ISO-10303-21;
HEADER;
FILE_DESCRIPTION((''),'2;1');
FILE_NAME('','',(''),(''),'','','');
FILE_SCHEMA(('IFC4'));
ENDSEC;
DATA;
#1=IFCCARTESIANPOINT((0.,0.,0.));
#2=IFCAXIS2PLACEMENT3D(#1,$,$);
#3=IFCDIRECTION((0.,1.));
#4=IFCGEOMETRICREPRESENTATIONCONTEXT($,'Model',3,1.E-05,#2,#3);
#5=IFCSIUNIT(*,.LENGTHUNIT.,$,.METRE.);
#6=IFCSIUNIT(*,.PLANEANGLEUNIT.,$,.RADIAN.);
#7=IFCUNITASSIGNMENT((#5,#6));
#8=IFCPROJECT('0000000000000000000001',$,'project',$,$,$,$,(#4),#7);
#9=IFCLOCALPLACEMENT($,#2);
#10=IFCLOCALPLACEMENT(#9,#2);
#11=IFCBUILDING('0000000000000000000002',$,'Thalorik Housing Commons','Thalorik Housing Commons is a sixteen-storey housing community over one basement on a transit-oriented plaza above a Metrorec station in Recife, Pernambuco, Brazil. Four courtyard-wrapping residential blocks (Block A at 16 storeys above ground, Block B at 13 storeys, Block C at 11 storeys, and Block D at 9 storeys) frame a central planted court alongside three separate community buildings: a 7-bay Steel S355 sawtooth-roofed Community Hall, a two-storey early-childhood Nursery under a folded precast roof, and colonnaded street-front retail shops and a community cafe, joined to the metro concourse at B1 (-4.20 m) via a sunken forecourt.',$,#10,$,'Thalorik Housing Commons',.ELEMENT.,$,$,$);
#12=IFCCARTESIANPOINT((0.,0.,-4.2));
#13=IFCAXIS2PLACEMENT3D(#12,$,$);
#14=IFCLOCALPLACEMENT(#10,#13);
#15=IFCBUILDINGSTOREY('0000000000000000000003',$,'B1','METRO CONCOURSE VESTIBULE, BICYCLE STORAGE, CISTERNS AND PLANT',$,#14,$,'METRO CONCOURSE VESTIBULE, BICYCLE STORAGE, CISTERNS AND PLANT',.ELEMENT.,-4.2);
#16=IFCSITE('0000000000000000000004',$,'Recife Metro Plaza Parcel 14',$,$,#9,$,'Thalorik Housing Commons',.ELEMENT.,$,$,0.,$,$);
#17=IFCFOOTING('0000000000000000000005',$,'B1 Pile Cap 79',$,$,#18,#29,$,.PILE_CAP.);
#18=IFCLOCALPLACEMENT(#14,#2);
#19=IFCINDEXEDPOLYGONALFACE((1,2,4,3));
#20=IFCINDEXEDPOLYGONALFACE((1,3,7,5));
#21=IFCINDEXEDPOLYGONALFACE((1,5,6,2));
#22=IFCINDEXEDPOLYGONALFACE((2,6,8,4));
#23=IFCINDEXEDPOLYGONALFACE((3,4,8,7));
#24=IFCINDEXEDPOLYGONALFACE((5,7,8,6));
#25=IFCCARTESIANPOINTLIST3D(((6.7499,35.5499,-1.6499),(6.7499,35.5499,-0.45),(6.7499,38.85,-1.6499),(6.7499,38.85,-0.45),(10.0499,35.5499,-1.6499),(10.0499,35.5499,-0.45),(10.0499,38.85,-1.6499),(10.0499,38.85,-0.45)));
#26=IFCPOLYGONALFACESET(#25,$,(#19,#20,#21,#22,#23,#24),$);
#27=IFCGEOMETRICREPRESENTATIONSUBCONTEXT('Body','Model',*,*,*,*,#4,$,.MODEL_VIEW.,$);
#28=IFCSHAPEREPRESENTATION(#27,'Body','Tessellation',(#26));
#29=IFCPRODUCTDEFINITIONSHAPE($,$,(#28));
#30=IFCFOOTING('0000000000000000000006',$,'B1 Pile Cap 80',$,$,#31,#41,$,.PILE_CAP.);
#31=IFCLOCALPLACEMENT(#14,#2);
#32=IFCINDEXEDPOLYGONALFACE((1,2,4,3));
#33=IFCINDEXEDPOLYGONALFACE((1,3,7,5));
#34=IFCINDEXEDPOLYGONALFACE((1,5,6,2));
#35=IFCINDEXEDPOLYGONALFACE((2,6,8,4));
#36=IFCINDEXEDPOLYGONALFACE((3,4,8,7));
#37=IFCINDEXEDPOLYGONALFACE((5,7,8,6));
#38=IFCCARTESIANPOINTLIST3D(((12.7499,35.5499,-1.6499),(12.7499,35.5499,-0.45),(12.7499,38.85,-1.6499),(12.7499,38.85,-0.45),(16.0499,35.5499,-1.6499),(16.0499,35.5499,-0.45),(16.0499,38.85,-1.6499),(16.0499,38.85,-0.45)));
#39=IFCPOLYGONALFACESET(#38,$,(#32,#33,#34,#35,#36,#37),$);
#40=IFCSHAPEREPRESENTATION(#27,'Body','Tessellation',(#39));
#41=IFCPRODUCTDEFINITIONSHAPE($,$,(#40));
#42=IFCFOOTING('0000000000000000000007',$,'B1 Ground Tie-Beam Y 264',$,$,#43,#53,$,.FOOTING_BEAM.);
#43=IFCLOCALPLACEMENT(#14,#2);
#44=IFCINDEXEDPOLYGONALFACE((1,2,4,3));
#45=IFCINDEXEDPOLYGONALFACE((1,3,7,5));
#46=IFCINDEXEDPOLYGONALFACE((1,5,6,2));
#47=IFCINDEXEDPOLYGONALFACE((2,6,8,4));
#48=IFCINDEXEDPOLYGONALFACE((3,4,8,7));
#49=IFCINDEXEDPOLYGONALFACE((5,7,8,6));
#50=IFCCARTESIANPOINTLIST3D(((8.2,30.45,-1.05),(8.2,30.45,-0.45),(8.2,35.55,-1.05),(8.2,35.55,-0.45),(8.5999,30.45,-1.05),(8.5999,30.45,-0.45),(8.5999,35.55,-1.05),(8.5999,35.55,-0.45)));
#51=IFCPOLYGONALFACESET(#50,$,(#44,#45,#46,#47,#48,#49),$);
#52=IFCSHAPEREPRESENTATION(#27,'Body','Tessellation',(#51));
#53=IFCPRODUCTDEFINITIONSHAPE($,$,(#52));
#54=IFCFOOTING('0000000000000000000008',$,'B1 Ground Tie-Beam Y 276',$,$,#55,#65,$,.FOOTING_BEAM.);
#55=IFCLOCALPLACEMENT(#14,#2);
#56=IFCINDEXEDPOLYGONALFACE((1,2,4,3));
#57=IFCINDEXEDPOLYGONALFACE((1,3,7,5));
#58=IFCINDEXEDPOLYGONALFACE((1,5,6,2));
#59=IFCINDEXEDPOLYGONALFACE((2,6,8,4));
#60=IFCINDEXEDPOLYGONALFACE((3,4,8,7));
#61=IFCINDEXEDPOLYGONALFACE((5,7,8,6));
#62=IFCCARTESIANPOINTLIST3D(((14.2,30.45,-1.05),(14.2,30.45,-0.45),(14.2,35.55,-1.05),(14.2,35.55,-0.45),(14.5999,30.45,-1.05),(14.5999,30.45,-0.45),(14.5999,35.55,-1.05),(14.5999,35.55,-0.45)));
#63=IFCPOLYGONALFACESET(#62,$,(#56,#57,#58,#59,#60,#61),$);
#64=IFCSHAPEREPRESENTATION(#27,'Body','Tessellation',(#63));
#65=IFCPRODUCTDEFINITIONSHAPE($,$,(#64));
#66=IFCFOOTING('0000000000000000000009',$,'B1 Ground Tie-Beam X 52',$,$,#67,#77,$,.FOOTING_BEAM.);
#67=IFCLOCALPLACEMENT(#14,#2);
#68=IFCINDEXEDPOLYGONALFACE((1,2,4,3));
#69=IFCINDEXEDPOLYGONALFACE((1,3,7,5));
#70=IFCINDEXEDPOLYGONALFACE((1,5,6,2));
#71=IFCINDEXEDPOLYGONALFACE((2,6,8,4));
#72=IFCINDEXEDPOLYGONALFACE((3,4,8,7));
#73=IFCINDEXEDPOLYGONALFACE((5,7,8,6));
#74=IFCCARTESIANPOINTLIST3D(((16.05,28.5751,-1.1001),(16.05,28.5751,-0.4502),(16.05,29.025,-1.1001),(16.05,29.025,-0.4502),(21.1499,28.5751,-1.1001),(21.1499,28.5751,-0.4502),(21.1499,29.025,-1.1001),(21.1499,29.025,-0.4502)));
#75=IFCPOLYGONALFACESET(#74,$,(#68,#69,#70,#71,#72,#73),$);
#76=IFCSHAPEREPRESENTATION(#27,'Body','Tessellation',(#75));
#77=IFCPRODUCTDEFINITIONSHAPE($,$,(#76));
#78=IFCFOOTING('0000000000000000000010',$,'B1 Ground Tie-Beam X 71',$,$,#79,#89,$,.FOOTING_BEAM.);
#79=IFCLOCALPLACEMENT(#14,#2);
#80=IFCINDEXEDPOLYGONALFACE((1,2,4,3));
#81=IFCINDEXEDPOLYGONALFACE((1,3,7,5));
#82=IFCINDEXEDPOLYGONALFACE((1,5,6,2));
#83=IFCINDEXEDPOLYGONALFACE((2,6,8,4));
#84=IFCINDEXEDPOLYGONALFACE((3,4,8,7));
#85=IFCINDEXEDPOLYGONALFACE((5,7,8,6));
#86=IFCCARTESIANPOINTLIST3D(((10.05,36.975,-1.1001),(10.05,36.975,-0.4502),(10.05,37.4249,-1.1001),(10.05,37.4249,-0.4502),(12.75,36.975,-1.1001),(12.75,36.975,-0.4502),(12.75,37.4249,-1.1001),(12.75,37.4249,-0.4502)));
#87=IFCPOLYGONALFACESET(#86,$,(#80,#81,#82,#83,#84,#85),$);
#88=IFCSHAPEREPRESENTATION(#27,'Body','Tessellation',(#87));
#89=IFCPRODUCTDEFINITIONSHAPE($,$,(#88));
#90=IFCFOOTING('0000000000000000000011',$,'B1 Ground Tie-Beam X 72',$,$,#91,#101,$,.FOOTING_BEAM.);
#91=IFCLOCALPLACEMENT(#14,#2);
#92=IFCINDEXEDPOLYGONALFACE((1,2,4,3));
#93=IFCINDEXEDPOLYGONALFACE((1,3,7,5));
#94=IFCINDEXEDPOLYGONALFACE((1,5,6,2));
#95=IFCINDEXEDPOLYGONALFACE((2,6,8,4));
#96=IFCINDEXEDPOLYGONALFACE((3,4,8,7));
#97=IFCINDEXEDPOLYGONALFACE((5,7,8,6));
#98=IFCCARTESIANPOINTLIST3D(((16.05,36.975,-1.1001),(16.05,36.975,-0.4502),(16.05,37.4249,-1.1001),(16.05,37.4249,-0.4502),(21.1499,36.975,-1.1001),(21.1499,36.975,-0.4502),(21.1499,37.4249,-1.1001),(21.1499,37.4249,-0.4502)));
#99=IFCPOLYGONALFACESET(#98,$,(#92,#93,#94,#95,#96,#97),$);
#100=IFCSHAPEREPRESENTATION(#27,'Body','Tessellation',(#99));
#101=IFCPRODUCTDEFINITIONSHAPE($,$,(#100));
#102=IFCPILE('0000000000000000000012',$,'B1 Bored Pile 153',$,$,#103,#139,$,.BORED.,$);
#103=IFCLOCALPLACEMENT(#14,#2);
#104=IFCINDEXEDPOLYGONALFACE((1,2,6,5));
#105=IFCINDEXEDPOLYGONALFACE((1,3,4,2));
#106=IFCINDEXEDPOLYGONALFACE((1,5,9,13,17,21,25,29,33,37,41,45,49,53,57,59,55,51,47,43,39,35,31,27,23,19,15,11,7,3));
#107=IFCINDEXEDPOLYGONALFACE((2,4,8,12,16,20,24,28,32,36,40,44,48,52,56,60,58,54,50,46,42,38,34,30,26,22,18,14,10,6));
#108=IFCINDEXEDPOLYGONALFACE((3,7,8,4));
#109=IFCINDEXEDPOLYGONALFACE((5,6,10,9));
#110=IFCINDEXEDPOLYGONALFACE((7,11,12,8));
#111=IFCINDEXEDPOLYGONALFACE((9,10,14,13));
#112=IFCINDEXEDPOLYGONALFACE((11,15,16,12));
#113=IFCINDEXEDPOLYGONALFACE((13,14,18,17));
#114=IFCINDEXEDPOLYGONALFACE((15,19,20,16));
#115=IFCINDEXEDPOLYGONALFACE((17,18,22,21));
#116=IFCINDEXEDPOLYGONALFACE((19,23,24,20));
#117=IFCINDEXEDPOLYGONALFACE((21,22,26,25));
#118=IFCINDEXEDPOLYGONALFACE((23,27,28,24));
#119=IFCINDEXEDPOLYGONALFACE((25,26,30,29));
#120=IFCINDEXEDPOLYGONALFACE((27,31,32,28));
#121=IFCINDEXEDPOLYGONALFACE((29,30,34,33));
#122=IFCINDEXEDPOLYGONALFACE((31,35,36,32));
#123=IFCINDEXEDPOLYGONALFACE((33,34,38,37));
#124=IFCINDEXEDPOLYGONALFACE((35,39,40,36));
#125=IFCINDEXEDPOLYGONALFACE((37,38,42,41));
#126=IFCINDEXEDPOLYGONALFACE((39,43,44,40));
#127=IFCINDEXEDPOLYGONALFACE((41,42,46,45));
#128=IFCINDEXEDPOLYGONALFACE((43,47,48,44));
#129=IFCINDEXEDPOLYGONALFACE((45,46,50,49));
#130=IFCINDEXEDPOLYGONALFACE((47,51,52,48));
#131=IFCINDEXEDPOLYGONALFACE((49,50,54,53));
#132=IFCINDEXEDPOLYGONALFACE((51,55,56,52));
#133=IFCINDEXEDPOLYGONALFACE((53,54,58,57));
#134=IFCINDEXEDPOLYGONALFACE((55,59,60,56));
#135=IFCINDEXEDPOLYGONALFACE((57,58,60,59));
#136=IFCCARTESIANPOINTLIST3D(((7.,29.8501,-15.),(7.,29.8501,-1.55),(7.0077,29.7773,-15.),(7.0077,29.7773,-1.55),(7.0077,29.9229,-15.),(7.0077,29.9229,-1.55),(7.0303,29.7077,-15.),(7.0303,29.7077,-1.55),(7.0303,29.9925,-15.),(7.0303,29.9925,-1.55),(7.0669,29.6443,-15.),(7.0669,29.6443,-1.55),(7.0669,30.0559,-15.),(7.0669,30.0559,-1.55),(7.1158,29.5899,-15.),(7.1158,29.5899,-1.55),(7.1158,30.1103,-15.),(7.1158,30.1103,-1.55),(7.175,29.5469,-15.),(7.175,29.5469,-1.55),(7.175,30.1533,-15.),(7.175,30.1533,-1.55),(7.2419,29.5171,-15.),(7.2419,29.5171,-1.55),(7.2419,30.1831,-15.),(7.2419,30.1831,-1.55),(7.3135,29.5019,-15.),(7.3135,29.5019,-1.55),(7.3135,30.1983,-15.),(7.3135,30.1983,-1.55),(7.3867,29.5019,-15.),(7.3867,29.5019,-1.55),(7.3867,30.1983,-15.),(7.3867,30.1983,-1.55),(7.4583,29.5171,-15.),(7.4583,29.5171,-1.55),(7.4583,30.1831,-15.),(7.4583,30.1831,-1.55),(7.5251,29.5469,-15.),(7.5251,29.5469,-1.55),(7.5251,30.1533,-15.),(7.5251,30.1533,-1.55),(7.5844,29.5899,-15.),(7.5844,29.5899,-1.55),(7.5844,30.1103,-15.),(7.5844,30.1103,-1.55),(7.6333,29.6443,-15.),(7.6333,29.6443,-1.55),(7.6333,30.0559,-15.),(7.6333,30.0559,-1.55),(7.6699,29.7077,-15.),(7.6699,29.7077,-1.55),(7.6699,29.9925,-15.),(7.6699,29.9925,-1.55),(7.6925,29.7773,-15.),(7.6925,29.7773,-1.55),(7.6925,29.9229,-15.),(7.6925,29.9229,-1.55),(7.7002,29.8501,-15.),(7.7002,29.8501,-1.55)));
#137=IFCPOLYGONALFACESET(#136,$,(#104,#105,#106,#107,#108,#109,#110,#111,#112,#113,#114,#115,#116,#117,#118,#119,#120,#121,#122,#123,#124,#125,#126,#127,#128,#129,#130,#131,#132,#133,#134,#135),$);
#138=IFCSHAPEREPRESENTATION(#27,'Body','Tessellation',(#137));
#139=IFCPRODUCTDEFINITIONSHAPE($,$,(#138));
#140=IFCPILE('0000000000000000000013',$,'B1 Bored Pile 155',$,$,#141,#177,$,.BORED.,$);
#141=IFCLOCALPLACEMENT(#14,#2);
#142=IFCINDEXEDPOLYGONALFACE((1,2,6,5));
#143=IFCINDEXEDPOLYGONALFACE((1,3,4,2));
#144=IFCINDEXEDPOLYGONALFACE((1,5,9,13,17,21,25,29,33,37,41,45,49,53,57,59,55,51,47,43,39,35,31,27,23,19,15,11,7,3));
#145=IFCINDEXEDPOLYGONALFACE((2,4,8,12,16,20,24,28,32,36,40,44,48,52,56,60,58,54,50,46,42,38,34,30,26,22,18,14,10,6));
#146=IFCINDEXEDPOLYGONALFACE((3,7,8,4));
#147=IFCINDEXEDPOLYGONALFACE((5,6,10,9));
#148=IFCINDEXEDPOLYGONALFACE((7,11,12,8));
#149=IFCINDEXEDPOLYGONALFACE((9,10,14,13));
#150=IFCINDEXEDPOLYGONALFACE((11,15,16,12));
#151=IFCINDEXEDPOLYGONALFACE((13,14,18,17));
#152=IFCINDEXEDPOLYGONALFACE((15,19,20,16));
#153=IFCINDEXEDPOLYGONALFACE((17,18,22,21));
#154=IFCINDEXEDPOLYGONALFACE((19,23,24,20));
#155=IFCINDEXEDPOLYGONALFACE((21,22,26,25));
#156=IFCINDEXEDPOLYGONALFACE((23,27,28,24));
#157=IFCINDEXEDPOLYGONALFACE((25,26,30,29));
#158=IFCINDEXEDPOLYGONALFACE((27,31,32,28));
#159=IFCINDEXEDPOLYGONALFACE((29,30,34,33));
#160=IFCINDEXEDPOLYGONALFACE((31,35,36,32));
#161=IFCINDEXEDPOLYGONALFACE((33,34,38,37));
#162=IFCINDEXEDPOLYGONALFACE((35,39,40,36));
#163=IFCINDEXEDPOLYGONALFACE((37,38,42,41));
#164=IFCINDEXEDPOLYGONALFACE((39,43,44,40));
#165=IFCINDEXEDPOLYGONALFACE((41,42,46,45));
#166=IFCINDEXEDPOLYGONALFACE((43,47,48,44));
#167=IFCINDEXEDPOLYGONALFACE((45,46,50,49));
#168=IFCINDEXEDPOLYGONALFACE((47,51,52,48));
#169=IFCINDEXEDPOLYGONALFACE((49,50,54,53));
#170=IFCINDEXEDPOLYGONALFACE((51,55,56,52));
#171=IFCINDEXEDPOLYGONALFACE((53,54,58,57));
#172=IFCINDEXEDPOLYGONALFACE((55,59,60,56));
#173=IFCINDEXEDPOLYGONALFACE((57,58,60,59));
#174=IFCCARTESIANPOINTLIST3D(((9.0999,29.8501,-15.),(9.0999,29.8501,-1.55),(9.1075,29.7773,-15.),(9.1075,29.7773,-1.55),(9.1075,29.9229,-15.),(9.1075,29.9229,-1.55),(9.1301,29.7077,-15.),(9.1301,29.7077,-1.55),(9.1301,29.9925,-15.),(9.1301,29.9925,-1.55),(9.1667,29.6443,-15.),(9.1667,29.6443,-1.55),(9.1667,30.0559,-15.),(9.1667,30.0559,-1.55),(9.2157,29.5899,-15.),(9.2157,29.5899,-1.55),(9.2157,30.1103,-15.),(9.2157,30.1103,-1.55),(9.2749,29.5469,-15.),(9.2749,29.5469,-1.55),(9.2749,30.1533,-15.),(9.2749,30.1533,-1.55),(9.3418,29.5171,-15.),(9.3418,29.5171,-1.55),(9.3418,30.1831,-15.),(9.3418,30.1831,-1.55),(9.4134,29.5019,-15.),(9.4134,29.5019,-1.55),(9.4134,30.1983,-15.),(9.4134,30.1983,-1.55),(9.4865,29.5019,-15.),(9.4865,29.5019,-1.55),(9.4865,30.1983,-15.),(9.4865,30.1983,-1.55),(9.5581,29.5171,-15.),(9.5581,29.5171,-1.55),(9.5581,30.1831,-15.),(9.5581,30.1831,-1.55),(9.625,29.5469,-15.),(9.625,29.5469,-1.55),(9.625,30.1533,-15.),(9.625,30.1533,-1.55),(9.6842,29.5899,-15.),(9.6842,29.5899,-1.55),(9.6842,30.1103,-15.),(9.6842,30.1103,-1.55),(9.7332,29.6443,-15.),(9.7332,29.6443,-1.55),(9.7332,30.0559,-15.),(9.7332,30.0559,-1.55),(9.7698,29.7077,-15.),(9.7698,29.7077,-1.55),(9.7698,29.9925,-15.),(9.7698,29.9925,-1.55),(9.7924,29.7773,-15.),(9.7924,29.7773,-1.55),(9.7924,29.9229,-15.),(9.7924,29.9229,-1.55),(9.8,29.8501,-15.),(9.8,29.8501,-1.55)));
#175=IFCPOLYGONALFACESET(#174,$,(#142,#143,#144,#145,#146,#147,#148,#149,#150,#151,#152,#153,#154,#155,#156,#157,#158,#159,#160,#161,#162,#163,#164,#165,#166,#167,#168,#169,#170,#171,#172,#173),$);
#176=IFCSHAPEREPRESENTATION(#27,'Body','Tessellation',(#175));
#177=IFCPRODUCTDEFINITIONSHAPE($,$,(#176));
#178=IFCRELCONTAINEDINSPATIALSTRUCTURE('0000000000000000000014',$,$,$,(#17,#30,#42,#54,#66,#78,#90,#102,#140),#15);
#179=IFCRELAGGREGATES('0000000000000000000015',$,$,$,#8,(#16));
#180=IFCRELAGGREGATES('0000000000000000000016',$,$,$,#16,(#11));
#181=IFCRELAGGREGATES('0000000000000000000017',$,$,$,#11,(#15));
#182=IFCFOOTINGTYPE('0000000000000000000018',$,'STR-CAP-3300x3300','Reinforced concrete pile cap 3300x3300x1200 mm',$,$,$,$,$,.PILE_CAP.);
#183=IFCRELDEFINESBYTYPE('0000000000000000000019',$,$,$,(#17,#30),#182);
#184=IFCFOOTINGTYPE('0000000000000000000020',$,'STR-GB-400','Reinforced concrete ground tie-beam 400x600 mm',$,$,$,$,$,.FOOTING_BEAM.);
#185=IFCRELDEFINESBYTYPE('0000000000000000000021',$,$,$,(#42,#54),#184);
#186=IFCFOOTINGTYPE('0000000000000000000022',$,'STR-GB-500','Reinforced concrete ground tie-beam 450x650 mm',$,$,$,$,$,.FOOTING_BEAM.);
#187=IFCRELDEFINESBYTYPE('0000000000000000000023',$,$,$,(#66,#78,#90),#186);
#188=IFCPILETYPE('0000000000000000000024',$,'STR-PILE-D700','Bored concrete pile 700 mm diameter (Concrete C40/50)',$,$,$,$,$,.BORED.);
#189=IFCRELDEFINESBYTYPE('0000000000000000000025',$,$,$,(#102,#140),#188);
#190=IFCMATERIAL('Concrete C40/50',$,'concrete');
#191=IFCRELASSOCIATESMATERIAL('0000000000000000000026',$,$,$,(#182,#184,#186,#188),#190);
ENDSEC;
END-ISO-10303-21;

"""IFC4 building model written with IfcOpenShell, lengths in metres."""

from ifc_helpers import new_model, si_unit, direction, frame, origin, origin_2d, place, context, subcontext, project, spatial, rectangle, circle, extrude, material, material_profile, profile_set, type_object, element, save


model = new_model("IFC4")

# Units and contexts
model_context = context("Model", 3, precision=1e-05, world=origin(), true_north=direction((0.0, 1.0)))
body_context = subcontext(model_context, "Body", "Model", "MODEL_VIEW")
ifc_project = project(units=[si_unit("LENGTHUNIT", "METRE"), si_unit("PLANEANGLEUNIT", "RADIAN")], contexts=[model_context])

# Site, building, storey
site_placement = place(None, origin())
site = spatial("IfcSite", under=ifc_project, at=site_placement, Name="Recife Metro Plaza Parcel 14", LongName="Thalorik Housing Commons", CompositionType="ELEMENT", RefElevation=0.0)
building_placement = place(site_placement, origin())
building = spatial("IfcBuilding", under=site, at=building_placement, Name="Thalorik Housing Commons", Description="Thalorik Housing Commons is a sixteen-storey housing community over one basement on a transit-oriented plaza above a Metrorec station in Recife, Pernambuco, Brazil. Four courtyard-wrapping residential blocks (Block A at 16 storeys above ground, Block B at 13 storeys, Block C at 11 storeys, and Block D at 9 storeys) frame a central planted court alongside three separate community buildings: a 7-bay Steel S355 sawtooth-roofed Community Hall, a two-storey early-childhood Nursery under a folded precast roof, and colonnaded street-front retail shops and a community cafe, joined to the metro concourse at B1 (-4.20 m) via a sunken forecourt.", LongName="Thalorik Housing Commons", CompositionType="ELEMENT")
storey_placement = place(building_placement, frame((0.0, 0.0, -4.2)))
storey = spatial("IfcBuildingStorey", under=building, at=storey_placement, Name="B1", Description="METRO CONCOURSE VESTIBULE, BICYCLE STORAGE, CISTERNS AND PLANT", LongName="METRO CONCOURSE VESTIBULE, BICYCLE STORAGE, CISTERNS AND PLANT", CompositionType="ELEMENT", Elevation=-4.2)

# Footings
ifc_material_1 = material(Name="Concrete C40/50", Category="concrete")
footing_type_1 = type_object("IfcFootingType", Name="STR-CAP-3300x3300", Description="Reinforced concrete pile cap 3300x3300x1200 mm", PredefinedType="PILE_CAP", material=ifc_material_1)
for number, where, z_axis, x_axis, name in (
    (1, (8.3999, 37.2, -1.6499), (0.0, 0.0, 1.0), (1.0, 0.0, 0.0), "B1 Pile Cap 79"),
    (2, (14.3999, 37.2, -1.6499), (0.0, 0.0, 1.0), (1.0, 0.0, 0.0), "B1 Pile Cap 80"),
):
    element("IfcFooting", number, at=place(storey_placement, frame(where, z_axis=z_axis, x_axis=x_axis)), inside=storey, type_object=footing_type_1, Name=name, PredefinedType="PILE_CAP", context=body_context, shape_type="SweptSolid", body=[
        extrude(rectangle(XDim=3.3, YDim=3.3, at=origin_2d()), origin(), (0.0, 0.0, 1.0), 1.2),
    ])
ifc_material_profile_1 = material_profile(ifc_material_1, rectangle(XDim=0.3999, YDim=0.6001, at=origin_2d()), Name="RC 400x600", Category="concrete")
ifc_profile_set_1 = profile_set([ifc_material_profile_1], Name="Concrete C40/50")
footing_type_2 = type_object("IfcFootingType", Name="STR-GB-400", Description="Reinforced concrete ground tie-beam 400x600 mm", PredefinedType="FOOTING_BEAM", material=ifc_profile_set_1)
for number, where, z_axis, x_axis, name in (
    (3, (8.3999, 30.45, -0.75), (0.0, 1.0, 0.0), (-1.0, 0.0, 0.0), "B1 Ground Tie-Beam Y 264"),
    (4, (14.3999, 30.45, -0.75), (0.0, 1.0, 0.0), (-1.0, 0.0, 0.0), "B1 Ground Tie-Beam Y 276"),
):
    element("IfcFooting", number, at=place(storey_placement, frame(where, z_axis=z_axis, x_axis=x_axis)), inside=storey, type_object=footing_type_2, Name=name, PredefinedType="FOOTING_BEAM", context=body_context, shape_type="SweptSolid", body=[
        extrude(rectangle(XDim=0.3999, YDim=0.6001, at=origin_2d()), origin(), (0.0, 0.0, 1.0), 5.1001),
    ])
ifc_material_profile_2 = material_profile(ifc_material_1, rectangle(XDim=0.45, YDim=0.6499, at=origin_2d()), Name="RC 450x650", Category="concrete")
ifc_profile_set_2 = profile_set([ifc_material_profile_2], Name="Concrete C40/50")
footing_type_3 = type_object("IfcFootingType", Name="STR-GB-500", Description="Reinforced concrete ground tie-beam 450x650 mm", PredefinedType="FOOTING_BEAM", material=ifc_profile_set_2)
footing_1_placement = place(storey_placement, frame((16.05, 28.8, -0.7751), z_axis=(1.0, 0.0, 0.0), x_axis=(0.0, 1.0, 0.0)))
element("IfcFooting", 5, at=footing_1_placement, inside=storey, type_object=footing_type_3, Name="B1 Ground Tie-Beam X 52", PredefinedType="FOOTING_BEAM", context=body_context, shape_type="SweptSolid", body=[
    extrude(rectangle(XDim=0.45, YDim=0.6499, at=origin_2d()), origin(), (0.0, 0.0, 1.0), 5.0999),
])
footing_2_placement = place(storey_placement, frame((10.05, 37.2, -0.7751), z_axis=(1.0, 0.0, 0.0), x_axis=(0.0, 1.0, 0.0)))
element("IfcFooting", 6, at=footing_2_placement, inside=storey, type_object=footing_type_3, Name="B1 Ground Tie-Beam X 71", PredefinedType="FOOTING_BEAM", context=body_context, shape_type="SweptSolid", body=[
    extrude(rectangle(XDim=0.45, YDim=0.6499, at=origin_2d()), origin(), (0.0, 0.0, 1.0), 2.7),
])
footing_3_placement = place(storey_placement, frame((16.05, 37.2, -0.7751), z_axis=(1.0, 0.0, 0.0), x_axis=(0.0, 1.0, 0.0)))
element("IfcFooting", 7, at=footing_3_placement, inside=storey, type_object=footing_type_3, Name="B1 Ground Tie-Beam X 72", PredefinedType="FOOTING_BEAM", context=body_context, shape_type="SweptSolid", body=[
    extrude(rectangle(XDim=0.45, YDim=0.6499, at=origin_2d()), origin(), (0.0, 0.0, 1.0), 5.0999),
])

# Piles
ifc_material_profile_3 = material_profile(ifc_material_1, circle(Radius=0.3501, at=origin_2d()), Name="BORED PILE D700", Category="concrete")
ifc_profile_set_3 = profile_set([ifc_material_profile_3], Name="Concrete C40/50")
pile_type = type_object("IfcPileType", Name="STR-PILE-D700", Description="Bored concrete pile 700 mm diameter (Concrete C40/50)", PredefinedType="BORED", material=ifc_profile_set_3)
for number, where, z_axis, x_axis, name in (
    (8, (7.3501, 29.8501, -1.55), (0.0, 0.0, -1.0), (1.0, 0.0, 0.0), "B1 Bored Pile 153"),
    (9, (9.45, 29.8501, -1.55), (0.0, 0.0, -1.0), (1.0, 0.0, 0.0), "B1 Bored Pile 155"),
):
    element("IfcPile", number, at=place(storey_placement, frame(where, z_axis=z_axis, x_axis=x_axis)), inside=storey, type_object=pile_type, Name=name, PredefinedType="BORED", context=body_context, shape_type="SweptSolid", body=[
        extrude(circle(Radius=0.3501, at=origin_2d()), origin(), (0.0, 0.0, 1.0), 13.45),
    ])

save(model, "model.ifc")
